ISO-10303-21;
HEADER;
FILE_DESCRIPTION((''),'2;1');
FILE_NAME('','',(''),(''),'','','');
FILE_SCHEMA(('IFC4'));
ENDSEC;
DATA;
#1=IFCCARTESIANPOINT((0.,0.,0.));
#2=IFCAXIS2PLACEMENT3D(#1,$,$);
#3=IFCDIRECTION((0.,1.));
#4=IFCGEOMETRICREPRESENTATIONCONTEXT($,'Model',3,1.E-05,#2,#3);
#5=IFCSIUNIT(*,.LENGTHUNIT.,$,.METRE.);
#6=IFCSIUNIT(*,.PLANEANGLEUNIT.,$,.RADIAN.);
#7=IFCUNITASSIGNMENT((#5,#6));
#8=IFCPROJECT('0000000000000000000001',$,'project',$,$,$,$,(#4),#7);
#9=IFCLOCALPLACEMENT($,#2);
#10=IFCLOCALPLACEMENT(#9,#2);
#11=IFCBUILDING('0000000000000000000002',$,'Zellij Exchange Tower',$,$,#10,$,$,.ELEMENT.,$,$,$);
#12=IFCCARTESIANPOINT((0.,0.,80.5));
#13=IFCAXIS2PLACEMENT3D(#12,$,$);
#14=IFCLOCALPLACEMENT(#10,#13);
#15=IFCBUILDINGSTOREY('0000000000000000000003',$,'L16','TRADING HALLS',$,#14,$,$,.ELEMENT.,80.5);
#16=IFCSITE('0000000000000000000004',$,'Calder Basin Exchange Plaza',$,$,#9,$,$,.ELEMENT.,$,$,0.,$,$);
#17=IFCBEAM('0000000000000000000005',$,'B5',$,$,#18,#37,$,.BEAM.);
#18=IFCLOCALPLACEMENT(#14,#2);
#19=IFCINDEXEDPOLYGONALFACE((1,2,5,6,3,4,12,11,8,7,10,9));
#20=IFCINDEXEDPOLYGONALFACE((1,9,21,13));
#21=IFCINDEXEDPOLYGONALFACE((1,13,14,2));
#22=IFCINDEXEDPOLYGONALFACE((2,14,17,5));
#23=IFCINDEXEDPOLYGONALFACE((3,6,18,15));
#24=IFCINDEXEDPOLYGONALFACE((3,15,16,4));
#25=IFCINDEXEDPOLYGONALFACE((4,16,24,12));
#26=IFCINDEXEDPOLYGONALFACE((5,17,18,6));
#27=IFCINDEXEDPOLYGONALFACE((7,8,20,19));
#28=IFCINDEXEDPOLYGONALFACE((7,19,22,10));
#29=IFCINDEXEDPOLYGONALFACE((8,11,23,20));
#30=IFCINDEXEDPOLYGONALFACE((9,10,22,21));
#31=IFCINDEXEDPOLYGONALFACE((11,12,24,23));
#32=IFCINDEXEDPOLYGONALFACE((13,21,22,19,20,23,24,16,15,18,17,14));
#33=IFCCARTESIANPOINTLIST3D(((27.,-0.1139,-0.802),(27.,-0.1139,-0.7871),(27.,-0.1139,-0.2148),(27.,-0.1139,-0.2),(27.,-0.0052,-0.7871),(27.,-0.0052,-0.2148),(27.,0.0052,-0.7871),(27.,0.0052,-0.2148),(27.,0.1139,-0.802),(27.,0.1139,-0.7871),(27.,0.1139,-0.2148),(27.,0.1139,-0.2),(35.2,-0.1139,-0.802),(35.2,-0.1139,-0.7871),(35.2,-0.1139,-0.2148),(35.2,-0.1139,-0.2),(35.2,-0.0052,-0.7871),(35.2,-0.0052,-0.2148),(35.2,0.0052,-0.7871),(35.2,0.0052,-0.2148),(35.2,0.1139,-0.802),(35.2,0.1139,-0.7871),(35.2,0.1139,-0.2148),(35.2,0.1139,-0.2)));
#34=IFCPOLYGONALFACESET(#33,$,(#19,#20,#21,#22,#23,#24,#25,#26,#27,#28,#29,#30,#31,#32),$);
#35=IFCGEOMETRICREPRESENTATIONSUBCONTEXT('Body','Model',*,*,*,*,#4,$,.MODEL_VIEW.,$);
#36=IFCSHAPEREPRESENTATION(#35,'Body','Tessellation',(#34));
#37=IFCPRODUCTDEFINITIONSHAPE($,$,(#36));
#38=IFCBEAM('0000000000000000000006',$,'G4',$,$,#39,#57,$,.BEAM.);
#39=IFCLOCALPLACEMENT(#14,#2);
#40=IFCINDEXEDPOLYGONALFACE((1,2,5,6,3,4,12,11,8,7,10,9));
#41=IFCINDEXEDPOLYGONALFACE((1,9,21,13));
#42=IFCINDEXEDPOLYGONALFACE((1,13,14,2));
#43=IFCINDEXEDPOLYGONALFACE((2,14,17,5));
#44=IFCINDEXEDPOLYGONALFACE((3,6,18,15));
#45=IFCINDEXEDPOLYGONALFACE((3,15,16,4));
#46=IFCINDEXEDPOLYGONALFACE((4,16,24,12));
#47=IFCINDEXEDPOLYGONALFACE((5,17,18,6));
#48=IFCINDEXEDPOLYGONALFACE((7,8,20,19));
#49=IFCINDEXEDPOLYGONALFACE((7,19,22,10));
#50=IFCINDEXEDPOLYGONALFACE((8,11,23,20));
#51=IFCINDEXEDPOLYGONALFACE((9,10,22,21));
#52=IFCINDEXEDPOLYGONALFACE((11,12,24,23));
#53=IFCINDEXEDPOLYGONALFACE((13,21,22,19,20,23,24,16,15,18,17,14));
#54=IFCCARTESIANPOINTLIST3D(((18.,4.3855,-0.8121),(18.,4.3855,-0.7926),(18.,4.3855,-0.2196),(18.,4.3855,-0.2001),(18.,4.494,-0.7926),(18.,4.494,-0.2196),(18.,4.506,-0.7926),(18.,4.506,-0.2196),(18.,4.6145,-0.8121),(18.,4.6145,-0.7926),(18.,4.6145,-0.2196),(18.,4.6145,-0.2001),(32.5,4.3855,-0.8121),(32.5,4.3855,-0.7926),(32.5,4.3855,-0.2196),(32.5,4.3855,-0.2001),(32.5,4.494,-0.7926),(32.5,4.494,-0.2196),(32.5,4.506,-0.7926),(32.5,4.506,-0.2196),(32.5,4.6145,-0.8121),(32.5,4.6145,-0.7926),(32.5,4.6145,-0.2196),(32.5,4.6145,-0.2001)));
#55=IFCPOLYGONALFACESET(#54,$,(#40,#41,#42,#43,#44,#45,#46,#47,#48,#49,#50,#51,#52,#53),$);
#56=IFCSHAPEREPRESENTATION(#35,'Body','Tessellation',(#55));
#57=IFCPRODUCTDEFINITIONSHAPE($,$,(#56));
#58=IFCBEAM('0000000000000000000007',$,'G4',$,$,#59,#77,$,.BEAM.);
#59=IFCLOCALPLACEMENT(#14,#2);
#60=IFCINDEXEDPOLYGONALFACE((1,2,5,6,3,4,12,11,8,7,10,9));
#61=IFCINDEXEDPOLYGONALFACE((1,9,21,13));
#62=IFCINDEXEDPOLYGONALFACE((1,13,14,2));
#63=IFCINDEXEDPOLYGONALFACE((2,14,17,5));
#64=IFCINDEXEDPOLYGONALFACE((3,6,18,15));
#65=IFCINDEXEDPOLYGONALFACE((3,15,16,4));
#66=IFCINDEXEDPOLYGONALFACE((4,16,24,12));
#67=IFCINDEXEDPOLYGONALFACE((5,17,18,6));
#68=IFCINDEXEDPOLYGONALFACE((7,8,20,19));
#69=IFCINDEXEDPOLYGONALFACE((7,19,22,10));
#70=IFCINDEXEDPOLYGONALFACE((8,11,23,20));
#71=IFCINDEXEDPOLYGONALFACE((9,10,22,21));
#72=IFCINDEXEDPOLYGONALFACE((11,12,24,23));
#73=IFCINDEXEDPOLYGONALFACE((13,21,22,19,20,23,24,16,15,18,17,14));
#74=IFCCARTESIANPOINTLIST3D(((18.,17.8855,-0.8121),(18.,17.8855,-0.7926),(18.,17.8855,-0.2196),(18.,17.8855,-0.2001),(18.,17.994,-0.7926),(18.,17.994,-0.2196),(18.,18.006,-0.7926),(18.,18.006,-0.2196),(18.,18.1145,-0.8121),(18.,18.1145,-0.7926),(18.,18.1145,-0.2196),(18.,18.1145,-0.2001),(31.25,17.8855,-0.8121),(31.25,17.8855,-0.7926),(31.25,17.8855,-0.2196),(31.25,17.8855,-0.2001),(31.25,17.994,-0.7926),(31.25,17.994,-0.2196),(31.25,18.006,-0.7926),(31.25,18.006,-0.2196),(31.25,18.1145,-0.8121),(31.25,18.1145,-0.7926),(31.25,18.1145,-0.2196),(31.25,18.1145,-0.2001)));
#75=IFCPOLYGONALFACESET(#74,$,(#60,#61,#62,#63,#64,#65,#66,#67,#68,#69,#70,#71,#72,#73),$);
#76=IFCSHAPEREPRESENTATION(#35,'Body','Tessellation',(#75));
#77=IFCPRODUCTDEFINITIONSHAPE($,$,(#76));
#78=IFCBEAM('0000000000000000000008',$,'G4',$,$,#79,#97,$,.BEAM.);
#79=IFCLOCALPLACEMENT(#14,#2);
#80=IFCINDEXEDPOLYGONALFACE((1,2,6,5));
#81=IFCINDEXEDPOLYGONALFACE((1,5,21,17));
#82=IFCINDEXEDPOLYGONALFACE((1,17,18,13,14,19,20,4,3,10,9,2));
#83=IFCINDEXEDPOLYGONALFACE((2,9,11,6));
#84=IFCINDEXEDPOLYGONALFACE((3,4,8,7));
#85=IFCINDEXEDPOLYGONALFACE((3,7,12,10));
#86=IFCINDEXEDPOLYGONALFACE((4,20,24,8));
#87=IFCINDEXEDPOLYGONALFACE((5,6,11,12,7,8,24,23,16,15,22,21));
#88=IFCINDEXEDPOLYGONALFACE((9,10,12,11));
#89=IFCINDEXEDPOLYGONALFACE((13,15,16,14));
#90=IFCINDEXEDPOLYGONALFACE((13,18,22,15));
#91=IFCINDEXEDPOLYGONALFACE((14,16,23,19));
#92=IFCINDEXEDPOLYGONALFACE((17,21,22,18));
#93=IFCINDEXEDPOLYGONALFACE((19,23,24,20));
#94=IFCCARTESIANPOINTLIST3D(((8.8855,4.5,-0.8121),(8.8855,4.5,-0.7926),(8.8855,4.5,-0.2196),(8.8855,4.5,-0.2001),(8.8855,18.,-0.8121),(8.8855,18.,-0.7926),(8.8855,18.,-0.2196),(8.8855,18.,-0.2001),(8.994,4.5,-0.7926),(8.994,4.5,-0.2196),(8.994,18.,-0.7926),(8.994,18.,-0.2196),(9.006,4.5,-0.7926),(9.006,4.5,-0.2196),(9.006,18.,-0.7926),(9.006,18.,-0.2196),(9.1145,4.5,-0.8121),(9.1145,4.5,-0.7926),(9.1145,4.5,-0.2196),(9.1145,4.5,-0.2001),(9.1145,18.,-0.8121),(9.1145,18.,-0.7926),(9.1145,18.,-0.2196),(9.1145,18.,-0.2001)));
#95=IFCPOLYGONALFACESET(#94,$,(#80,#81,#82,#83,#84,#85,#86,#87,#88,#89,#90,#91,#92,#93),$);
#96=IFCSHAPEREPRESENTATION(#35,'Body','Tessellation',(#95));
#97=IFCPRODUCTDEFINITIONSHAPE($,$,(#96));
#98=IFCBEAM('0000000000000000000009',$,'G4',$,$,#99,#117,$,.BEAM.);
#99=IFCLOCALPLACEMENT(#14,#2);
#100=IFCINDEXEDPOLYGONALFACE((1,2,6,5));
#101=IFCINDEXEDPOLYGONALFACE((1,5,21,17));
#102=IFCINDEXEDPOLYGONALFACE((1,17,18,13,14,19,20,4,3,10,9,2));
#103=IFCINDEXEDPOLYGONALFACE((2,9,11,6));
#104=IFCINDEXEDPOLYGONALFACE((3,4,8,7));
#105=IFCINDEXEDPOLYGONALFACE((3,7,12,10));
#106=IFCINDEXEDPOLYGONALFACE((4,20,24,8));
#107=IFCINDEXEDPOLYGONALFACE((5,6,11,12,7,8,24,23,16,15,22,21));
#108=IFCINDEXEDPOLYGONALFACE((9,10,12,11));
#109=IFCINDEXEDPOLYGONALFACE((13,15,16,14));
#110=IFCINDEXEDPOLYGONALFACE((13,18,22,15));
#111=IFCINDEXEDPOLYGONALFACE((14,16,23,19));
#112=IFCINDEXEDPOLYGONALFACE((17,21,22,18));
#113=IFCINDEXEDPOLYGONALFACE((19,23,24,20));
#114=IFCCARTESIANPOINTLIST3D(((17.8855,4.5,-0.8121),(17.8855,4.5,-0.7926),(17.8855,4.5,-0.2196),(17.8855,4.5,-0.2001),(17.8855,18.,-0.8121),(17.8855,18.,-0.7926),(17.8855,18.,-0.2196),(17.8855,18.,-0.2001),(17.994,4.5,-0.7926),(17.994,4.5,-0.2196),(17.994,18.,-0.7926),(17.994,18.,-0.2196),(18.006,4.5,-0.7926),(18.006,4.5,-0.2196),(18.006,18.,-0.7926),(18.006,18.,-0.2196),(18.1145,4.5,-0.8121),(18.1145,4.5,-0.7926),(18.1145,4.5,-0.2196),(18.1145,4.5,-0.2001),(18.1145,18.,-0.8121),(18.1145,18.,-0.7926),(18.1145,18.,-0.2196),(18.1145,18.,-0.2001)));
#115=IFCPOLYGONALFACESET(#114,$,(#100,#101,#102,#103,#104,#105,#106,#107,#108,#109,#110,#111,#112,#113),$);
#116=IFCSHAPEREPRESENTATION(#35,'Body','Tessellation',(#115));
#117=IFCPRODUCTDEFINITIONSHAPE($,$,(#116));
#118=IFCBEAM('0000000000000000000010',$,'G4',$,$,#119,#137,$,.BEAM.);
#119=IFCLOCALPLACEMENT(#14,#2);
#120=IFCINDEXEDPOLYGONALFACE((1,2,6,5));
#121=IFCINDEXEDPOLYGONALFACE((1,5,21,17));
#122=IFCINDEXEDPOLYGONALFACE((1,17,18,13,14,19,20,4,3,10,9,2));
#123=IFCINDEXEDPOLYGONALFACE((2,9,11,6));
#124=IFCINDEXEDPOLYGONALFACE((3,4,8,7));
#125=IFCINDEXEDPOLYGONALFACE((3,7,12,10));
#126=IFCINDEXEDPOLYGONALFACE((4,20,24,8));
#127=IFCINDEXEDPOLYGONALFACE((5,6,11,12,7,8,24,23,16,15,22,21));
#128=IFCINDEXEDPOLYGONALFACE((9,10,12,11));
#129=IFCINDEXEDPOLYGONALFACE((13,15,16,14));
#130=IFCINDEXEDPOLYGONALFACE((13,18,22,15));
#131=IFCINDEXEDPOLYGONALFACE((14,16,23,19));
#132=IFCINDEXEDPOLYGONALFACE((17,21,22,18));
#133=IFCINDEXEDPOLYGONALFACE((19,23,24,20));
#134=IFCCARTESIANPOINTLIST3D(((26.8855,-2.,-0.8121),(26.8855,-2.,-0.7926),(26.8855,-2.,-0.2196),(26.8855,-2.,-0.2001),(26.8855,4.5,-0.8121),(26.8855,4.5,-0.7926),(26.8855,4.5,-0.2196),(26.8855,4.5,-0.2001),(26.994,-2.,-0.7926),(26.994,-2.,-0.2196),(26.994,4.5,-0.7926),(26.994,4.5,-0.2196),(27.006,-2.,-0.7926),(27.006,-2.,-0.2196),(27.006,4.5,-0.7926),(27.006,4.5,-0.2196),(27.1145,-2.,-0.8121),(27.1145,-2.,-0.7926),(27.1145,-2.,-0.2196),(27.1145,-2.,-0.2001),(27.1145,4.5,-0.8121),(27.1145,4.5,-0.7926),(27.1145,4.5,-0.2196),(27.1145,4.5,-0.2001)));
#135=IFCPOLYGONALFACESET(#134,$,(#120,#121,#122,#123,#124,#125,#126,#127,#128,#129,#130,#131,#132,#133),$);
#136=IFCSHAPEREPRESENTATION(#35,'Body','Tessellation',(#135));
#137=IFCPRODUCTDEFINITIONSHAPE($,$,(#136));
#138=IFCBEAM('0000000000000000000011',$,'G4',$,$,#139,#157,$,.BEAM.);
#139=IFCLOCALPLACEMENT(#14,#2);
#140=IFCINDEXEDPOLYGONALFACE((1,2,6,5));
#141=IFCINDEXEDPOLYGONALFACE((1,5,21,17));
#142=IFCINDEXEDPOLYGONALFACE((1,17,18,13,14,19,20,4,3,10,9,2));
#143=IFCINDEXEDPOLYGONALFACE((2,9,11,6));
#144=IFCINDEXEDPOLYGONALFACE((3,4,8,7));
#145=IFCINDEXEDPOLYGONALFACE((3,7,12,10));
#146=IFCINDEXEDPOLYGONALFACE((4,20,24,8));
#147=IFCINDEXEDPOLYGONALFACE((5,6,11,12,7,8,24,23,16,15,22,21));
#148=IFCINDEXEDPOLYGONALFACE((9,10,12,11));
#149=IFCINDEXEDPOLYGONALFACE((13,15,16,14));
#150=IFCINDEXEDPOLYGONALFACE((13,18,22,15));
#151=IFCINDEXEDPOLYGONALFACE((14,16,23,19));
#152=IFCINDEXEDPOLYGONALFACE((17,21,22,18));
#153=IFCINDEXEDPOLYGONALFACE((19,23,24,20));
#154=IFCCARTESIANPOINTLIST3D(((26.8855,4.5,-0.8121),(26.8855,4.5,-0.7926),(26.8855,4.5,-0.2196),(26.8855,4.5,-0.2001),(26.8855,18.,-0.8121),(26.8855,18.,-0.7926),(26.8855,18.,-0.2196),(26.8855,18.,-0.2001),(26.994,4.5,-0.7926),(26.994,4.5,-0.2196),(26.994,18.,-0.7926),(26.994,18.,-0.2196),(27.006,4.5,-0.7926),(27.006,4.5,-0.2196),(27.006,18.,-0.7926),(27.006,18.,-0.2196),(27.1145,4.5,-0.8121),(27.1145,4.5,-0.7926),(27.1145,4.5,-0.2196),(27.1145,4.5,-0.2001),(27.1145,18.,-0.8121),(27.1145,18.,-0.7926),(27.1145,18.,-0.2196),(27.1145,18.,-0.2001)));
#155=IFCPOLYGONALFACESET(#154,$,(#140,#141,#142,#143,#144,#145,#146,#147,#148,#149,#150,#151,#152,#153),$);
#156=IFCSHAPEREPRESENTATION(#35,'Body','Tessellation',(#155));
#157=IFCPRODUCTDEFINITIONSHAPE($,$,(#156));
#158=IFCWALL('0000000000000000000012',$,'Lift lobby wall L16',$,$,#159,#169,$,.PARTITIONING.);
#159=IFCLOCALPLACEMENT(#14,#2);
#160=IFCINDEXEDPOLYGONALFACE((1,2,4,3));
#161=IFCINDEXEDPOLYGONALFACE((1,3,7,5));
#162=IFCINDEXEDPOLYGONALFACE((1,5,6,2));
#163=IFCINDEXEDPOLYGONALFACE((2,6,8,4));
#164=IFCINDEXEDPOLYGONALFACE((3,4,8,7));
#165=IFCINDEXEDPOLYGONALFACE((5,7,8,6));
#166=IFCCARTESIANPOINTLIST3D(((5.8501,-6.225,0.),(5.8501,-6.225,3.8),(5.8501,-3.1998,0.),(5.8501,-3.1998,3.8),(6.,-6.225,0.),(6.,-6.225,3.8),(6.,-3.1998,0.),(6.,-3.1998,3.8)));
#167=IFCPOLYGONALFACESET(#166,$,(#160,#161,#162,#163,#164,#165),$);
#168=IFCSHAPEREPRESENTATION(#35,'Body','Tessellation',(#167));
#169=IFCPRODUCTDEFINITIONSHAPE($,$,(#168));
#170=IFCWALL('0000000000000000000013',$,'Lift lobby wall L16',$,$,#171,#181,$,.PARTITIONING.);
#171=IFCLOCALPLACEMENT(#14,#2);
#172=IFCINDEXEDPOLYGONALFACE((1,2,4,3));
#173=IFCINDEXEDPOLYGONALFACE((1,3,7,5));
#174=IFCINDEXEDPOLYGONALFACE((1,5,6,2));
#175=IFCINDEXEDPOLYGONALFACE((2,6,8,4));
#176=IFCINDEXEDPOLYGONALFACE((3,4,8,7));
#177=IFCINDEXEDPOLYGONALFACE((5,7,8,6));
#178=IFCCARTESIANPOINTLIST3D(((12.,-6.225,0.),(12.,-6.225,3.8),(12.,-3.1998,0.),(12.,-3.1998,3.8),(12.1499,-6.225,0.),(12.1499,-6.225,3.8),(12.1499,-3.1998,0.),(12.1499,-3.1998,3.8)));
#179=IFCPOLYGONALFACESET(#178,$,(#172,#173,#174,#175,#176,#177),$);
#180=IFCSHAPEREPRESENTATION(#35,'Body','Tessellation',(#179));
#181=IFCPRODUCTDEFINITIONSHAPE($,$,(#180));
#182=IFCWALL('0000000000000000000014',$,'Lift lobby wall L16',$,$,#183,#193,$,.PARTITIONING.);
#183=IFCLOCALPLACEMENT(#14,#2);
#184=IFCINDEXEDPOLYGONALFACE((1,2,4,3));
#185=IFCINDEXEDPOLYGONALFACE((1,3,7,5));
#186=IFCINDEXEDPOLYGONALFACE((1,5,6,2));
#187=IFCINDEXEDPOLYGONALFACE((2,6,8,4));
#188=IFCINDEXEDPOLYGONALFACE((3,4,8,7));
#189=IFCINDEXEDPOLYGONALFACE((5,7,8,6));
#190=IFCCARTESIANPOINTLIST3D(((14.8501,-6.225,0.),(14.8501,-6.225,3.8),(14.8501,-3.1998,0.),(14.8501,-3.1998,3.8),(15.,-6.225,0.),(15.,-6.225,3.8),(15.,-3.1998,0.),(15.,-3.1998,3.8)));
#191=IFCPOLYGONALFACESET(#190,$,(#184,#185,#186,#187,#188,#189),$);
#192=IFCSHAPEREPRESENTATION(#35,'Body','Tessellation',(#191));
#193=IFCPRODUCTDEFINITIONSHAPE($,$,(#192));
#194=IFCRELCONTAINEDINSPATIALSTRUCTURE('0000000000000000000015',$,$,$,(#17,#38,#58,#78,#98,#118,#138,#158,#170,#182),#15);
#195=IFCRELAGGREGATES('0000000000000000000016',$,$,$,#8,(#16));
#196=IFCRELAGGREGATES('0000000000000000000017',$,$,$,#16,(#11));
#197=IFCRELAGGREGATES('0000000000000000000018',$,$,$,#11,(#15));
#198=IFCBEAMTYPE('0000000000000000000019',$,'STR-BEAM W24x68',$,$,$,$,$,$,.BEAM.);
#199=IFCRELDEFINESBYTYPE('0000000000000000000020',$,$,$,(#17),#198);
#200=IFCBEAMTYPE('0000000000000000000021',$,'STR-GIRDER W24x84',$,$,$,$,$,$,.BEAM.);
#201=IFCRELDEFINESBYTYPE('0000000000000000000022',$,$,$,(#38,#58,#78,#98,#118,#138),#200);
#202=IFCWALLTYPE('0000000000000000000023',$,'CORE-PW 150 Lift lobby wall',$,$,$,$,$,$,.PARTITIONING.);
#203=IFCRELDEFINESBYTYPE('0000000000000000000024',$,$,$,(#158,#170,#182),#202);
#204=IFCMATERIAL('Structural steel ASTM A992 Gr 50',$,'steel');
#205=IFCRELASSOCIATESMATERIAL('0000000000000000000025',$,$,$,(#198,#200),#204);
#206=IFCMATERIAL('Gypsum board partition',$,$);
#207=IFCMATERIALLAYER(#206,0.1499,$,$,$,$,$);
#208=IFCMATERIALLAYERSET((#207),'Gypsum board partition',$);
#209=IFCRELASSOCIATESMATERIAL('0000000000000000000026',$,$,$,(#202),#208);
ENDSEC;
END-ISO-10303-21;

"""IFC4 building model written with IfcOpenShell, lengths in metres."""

from ifc_helpers import new_model, si_unit, direction, frame, frame_2d, origin, origin_2d, place, context, subcontext, project, spatial, rectangle, i_section, extrude, material, layer, layer_set, material_profile, profile_set, type_object, element, save


model = new_model("IFC4")

# Units and contexts
model_context = context("Model", 3, precision=1e-05, world=origin(), true_north=direction((0.0, 1.0)))
body_context = subcontext(model_context, "Body", "Model", "MODEL_VIEW")
ifc_project = project(units=[si_unit("LENGTHUNIT", "METRE"), si_unit("PLANEANGLEUNIT", "RADIAN")], contexts=[model_context])

# Site, building, storey
site_placement = place(None, origin())
site = spatial("IfcSite", under=ifc_project, at=site_placement, Name="Calder Basin Exchange Plaza", CompositionType="ELEMENT", RefElevation=0.0)
building_placement = place(site_placement, origin())
building = spatial("IfcBuilding", under=site, at=building_placement, Name="Zellij Exchange Tower", CompositionType="ELEMENT")
storey_placement = place(building_placement, frame((0.0, 0.0, 80.5)))
storey = spatial("IfcBuildingStorey", under=building, at=storey_placement, Name="L16", Description="TRADING HALLS", CompositionType="ELEMENT", Elevation=80.5)

# Beams
ifc_material_1 = material(Name="Structural steel ASTM A992 Gr 50", Category="steel")
ifc_material_profile_1 = material_profile(ifc_material_1, i_section(OverallWidth=0.2278, OverallDepth=0.6021, WebThickness=0.0105, FlangeThickness=0.0149, at=origin_2d()), Name="W24x68")
ifc_profile_set_1 = profile_set([ifc_material_profile_1], Name="Structural steel ASTM A992 Gr 50")
beam_type_1 = type_object("IfcBeamType", Name="STR-BEAM W24x68", PredefinedType="BEAM", material=ifc_profile_set_1)
for number, where, z_axis, x_axis, name in (
    (1, (27.0, 0.0, -0.501), (1.0, 0.0, 0.0), (0.0, 1.0, 0.0), "B5"),
):
    element("IfcBeam", number, at=place(storey_placement, frame(where, z_axis=z_axis, x_axis=x_axis)), inside=storey, type_object=beam_type_1, Name=name, PredefinedType="BEAM", context=body_context, shape_type="SweptSolid", body=[
        extrude(i_section(OverallWidth=0.2278, OverallDepth=0.6021, WebThickness=0.0105, FlangeThickness=0.0149, at=origin_2d()), origin(), (0.0, 0.0, 1.0), 8.2),
    ])
ifc_material_profile_2 = material_profile(ifc_material_1, i_section(OverallWidth=0.229, OverallDepth=0.6121, WebThickness=0.012, FlangeThickness=0.0195, at=origin_2d()), Name="W24x84")
ifc_profile_set_2 = profile_set([ifc_material_profile_2], Name="Structural steel ASTM A992 Gr 50")
beam_type_2 = type_object("IfcBeamType", Name="STR-GIRDER W24x84", PredefinedType="BEAM", material=ifc_profile_set_2)
beam_1_placement = place(storey_placement, frame((18.0, 4.5, -0.5061), z_axis=(1.0, 0.0, 0.0), x_axis=(0.0, 1.0, 0.0)))
element("IfcBeam", 2, at=beam_1_placement, inside=storey, type_object=beam_type_2, Name="G4", PredefinedType="BEAM", context=body_context, shape_type="SweptSolid", body=[
    extrude(i_section(OverallWidth=0.229, OverallDepth=0.6121, WebThickness=0.012, FlangeThickness=0.0195, at=origin_2d()), origin(), (0.0, 0.0, 1.0), 14.5),
])
beam_2_placement = place(storey_placement, frame((18.0, 18.0, -0.5061), z_axis=(1.0, 0.0, 0.0), x_axis=(0.0, 1.0, 0.0)))
element("IfcBeam", 3, at=beam_2_placement, inside=storey, type_object=beam_type_2, Name="G4", PredefinedType="BEAM", context=body_context, shape_type="SweptSolid", body=[
    extrude(i_section(OverallWidth=0.229, OverallDepth=0.6121, WebThickness=0.012, FlangeThickness=0.0195, at=origin_2d()), origin(), (0.0, 0.0, 1.0), 13.25),
])
for number, where, z_axis, x_axis, name in (
    (4, (9.0, 4.5, -0.5061), (0.0, 1.0, 0.0), (-1.0, 0.0, 0.0), "G4"),
    (5, (18.0, 4.5, -0.5061), (0.0, 1.0, 0.0), (-1.0, 0.0, 0.0), "G4"),
):
    element("IfcBeam", number, at=place(storey_placement, frame(where, z_axis=z_axis, x_axis=x_axis)), inside=storey, type_object=beam_type_2, Name=name, PredefinedType="BEAM", context=body_context, shape_type="SweptSolid", body=[
        extrude(i_section(OverallWidth=0.229, OverallDepth=0.6121, WebThickness=0.012, FlangeThickness=0.0195, at=origin_2d()), origin(), (0.0, 0.0, 1.0), 13.5),
    ])
beam_3_placement = place(storey_placement, frame((27.0, -2.0, -0.5061), z_axis=(0.0, 1.0, 0.0), x_axis=(-1.0, 0.0, 0.0)))
element("IfcBeam", 6, at=beam_3_placement, inside=storey, type_object=beam_type_2, Name="G4", PredefinedType="BEAM", context=body_context, shape_type="SweptSolid", body=[
    extrude(i_section(OverallWidth=0.229, OverallDepth=0.6121, WebThickness=0.012, FlangeThickness=0.0195, at=origin_2d()), origin(), (0.0, 0.0, 1.0), 6.5),
])
beam_4_placement = place(storey_placement, frame((27.0, 4.5, -0.5061), z_axis=(0.0, 1.0, 0.0), x_axis=(-1.0, 0.0, 0.0)))
element("IfcBeam", 7, at=beam_4_placement, inside=storey, type_object=beam_type_2, Name="G4", PredefinedType="BEAM", context=body_context, shape_type="SweptSolid", body=[
    extrude(i_section(OverallWidth=0.229, OverallDepth=0.6121, WebThickness=0.012, FlangeThickness=0.0195, at=origin_2d()), origin(), (0.0, 0.0, 1.0), 13.5),
])

# Walls
ifc_material_2 = material(Name="Gypsum board partition")
ifc_layer_1 = layer(ifc_material_2, 0.1499)
ifc_layer_set_1 = layer_set([ifc_layer_1], Name="Gypsum board partition")
wall_type_1 = type_object("IfcWallType", Name="CORE-PW 150 Lift lobby wall", PredefinedType="PARTITIONING", material=ifc_layer_set_1)
for number, where, z_axis, x_axis, name in (
    (8, (5.925, -6.2251, 0.0), (0.0, 0.0, 1.0), (0.0, 1.0, 0.0), "Lift lobby wall L16"),
    (9, (12.075, -6.2251, 0.0), (0.0, 0.0, 1.0), (0.0, 1.0, 0.0), "Lift lobby wall L16"),
    (10, (14.925, -6.2251, 0.0), (0.0, 0.0, 1.0), (0.0, 1.0, 0.0), "Lift lobby wall L16"),
):
    element("IfcWall", number, at=place(storey_placement, frame(where, z_axis=z_axis, x_axis=x_axis)), inside=storey, type_object=wall_type_1, Name=name, PredefinedType="PARTITIONING", context=body_context, shape_type="SweptSolid", body=[
        extrude(rectangle(XDim=3.0251, YDim=0.1499, at=frame_2d((1.5127, 0.0))), origin(), (0.0, 0.0, 1.0), 3.8),
    ])

save(model, "model.ifc")
